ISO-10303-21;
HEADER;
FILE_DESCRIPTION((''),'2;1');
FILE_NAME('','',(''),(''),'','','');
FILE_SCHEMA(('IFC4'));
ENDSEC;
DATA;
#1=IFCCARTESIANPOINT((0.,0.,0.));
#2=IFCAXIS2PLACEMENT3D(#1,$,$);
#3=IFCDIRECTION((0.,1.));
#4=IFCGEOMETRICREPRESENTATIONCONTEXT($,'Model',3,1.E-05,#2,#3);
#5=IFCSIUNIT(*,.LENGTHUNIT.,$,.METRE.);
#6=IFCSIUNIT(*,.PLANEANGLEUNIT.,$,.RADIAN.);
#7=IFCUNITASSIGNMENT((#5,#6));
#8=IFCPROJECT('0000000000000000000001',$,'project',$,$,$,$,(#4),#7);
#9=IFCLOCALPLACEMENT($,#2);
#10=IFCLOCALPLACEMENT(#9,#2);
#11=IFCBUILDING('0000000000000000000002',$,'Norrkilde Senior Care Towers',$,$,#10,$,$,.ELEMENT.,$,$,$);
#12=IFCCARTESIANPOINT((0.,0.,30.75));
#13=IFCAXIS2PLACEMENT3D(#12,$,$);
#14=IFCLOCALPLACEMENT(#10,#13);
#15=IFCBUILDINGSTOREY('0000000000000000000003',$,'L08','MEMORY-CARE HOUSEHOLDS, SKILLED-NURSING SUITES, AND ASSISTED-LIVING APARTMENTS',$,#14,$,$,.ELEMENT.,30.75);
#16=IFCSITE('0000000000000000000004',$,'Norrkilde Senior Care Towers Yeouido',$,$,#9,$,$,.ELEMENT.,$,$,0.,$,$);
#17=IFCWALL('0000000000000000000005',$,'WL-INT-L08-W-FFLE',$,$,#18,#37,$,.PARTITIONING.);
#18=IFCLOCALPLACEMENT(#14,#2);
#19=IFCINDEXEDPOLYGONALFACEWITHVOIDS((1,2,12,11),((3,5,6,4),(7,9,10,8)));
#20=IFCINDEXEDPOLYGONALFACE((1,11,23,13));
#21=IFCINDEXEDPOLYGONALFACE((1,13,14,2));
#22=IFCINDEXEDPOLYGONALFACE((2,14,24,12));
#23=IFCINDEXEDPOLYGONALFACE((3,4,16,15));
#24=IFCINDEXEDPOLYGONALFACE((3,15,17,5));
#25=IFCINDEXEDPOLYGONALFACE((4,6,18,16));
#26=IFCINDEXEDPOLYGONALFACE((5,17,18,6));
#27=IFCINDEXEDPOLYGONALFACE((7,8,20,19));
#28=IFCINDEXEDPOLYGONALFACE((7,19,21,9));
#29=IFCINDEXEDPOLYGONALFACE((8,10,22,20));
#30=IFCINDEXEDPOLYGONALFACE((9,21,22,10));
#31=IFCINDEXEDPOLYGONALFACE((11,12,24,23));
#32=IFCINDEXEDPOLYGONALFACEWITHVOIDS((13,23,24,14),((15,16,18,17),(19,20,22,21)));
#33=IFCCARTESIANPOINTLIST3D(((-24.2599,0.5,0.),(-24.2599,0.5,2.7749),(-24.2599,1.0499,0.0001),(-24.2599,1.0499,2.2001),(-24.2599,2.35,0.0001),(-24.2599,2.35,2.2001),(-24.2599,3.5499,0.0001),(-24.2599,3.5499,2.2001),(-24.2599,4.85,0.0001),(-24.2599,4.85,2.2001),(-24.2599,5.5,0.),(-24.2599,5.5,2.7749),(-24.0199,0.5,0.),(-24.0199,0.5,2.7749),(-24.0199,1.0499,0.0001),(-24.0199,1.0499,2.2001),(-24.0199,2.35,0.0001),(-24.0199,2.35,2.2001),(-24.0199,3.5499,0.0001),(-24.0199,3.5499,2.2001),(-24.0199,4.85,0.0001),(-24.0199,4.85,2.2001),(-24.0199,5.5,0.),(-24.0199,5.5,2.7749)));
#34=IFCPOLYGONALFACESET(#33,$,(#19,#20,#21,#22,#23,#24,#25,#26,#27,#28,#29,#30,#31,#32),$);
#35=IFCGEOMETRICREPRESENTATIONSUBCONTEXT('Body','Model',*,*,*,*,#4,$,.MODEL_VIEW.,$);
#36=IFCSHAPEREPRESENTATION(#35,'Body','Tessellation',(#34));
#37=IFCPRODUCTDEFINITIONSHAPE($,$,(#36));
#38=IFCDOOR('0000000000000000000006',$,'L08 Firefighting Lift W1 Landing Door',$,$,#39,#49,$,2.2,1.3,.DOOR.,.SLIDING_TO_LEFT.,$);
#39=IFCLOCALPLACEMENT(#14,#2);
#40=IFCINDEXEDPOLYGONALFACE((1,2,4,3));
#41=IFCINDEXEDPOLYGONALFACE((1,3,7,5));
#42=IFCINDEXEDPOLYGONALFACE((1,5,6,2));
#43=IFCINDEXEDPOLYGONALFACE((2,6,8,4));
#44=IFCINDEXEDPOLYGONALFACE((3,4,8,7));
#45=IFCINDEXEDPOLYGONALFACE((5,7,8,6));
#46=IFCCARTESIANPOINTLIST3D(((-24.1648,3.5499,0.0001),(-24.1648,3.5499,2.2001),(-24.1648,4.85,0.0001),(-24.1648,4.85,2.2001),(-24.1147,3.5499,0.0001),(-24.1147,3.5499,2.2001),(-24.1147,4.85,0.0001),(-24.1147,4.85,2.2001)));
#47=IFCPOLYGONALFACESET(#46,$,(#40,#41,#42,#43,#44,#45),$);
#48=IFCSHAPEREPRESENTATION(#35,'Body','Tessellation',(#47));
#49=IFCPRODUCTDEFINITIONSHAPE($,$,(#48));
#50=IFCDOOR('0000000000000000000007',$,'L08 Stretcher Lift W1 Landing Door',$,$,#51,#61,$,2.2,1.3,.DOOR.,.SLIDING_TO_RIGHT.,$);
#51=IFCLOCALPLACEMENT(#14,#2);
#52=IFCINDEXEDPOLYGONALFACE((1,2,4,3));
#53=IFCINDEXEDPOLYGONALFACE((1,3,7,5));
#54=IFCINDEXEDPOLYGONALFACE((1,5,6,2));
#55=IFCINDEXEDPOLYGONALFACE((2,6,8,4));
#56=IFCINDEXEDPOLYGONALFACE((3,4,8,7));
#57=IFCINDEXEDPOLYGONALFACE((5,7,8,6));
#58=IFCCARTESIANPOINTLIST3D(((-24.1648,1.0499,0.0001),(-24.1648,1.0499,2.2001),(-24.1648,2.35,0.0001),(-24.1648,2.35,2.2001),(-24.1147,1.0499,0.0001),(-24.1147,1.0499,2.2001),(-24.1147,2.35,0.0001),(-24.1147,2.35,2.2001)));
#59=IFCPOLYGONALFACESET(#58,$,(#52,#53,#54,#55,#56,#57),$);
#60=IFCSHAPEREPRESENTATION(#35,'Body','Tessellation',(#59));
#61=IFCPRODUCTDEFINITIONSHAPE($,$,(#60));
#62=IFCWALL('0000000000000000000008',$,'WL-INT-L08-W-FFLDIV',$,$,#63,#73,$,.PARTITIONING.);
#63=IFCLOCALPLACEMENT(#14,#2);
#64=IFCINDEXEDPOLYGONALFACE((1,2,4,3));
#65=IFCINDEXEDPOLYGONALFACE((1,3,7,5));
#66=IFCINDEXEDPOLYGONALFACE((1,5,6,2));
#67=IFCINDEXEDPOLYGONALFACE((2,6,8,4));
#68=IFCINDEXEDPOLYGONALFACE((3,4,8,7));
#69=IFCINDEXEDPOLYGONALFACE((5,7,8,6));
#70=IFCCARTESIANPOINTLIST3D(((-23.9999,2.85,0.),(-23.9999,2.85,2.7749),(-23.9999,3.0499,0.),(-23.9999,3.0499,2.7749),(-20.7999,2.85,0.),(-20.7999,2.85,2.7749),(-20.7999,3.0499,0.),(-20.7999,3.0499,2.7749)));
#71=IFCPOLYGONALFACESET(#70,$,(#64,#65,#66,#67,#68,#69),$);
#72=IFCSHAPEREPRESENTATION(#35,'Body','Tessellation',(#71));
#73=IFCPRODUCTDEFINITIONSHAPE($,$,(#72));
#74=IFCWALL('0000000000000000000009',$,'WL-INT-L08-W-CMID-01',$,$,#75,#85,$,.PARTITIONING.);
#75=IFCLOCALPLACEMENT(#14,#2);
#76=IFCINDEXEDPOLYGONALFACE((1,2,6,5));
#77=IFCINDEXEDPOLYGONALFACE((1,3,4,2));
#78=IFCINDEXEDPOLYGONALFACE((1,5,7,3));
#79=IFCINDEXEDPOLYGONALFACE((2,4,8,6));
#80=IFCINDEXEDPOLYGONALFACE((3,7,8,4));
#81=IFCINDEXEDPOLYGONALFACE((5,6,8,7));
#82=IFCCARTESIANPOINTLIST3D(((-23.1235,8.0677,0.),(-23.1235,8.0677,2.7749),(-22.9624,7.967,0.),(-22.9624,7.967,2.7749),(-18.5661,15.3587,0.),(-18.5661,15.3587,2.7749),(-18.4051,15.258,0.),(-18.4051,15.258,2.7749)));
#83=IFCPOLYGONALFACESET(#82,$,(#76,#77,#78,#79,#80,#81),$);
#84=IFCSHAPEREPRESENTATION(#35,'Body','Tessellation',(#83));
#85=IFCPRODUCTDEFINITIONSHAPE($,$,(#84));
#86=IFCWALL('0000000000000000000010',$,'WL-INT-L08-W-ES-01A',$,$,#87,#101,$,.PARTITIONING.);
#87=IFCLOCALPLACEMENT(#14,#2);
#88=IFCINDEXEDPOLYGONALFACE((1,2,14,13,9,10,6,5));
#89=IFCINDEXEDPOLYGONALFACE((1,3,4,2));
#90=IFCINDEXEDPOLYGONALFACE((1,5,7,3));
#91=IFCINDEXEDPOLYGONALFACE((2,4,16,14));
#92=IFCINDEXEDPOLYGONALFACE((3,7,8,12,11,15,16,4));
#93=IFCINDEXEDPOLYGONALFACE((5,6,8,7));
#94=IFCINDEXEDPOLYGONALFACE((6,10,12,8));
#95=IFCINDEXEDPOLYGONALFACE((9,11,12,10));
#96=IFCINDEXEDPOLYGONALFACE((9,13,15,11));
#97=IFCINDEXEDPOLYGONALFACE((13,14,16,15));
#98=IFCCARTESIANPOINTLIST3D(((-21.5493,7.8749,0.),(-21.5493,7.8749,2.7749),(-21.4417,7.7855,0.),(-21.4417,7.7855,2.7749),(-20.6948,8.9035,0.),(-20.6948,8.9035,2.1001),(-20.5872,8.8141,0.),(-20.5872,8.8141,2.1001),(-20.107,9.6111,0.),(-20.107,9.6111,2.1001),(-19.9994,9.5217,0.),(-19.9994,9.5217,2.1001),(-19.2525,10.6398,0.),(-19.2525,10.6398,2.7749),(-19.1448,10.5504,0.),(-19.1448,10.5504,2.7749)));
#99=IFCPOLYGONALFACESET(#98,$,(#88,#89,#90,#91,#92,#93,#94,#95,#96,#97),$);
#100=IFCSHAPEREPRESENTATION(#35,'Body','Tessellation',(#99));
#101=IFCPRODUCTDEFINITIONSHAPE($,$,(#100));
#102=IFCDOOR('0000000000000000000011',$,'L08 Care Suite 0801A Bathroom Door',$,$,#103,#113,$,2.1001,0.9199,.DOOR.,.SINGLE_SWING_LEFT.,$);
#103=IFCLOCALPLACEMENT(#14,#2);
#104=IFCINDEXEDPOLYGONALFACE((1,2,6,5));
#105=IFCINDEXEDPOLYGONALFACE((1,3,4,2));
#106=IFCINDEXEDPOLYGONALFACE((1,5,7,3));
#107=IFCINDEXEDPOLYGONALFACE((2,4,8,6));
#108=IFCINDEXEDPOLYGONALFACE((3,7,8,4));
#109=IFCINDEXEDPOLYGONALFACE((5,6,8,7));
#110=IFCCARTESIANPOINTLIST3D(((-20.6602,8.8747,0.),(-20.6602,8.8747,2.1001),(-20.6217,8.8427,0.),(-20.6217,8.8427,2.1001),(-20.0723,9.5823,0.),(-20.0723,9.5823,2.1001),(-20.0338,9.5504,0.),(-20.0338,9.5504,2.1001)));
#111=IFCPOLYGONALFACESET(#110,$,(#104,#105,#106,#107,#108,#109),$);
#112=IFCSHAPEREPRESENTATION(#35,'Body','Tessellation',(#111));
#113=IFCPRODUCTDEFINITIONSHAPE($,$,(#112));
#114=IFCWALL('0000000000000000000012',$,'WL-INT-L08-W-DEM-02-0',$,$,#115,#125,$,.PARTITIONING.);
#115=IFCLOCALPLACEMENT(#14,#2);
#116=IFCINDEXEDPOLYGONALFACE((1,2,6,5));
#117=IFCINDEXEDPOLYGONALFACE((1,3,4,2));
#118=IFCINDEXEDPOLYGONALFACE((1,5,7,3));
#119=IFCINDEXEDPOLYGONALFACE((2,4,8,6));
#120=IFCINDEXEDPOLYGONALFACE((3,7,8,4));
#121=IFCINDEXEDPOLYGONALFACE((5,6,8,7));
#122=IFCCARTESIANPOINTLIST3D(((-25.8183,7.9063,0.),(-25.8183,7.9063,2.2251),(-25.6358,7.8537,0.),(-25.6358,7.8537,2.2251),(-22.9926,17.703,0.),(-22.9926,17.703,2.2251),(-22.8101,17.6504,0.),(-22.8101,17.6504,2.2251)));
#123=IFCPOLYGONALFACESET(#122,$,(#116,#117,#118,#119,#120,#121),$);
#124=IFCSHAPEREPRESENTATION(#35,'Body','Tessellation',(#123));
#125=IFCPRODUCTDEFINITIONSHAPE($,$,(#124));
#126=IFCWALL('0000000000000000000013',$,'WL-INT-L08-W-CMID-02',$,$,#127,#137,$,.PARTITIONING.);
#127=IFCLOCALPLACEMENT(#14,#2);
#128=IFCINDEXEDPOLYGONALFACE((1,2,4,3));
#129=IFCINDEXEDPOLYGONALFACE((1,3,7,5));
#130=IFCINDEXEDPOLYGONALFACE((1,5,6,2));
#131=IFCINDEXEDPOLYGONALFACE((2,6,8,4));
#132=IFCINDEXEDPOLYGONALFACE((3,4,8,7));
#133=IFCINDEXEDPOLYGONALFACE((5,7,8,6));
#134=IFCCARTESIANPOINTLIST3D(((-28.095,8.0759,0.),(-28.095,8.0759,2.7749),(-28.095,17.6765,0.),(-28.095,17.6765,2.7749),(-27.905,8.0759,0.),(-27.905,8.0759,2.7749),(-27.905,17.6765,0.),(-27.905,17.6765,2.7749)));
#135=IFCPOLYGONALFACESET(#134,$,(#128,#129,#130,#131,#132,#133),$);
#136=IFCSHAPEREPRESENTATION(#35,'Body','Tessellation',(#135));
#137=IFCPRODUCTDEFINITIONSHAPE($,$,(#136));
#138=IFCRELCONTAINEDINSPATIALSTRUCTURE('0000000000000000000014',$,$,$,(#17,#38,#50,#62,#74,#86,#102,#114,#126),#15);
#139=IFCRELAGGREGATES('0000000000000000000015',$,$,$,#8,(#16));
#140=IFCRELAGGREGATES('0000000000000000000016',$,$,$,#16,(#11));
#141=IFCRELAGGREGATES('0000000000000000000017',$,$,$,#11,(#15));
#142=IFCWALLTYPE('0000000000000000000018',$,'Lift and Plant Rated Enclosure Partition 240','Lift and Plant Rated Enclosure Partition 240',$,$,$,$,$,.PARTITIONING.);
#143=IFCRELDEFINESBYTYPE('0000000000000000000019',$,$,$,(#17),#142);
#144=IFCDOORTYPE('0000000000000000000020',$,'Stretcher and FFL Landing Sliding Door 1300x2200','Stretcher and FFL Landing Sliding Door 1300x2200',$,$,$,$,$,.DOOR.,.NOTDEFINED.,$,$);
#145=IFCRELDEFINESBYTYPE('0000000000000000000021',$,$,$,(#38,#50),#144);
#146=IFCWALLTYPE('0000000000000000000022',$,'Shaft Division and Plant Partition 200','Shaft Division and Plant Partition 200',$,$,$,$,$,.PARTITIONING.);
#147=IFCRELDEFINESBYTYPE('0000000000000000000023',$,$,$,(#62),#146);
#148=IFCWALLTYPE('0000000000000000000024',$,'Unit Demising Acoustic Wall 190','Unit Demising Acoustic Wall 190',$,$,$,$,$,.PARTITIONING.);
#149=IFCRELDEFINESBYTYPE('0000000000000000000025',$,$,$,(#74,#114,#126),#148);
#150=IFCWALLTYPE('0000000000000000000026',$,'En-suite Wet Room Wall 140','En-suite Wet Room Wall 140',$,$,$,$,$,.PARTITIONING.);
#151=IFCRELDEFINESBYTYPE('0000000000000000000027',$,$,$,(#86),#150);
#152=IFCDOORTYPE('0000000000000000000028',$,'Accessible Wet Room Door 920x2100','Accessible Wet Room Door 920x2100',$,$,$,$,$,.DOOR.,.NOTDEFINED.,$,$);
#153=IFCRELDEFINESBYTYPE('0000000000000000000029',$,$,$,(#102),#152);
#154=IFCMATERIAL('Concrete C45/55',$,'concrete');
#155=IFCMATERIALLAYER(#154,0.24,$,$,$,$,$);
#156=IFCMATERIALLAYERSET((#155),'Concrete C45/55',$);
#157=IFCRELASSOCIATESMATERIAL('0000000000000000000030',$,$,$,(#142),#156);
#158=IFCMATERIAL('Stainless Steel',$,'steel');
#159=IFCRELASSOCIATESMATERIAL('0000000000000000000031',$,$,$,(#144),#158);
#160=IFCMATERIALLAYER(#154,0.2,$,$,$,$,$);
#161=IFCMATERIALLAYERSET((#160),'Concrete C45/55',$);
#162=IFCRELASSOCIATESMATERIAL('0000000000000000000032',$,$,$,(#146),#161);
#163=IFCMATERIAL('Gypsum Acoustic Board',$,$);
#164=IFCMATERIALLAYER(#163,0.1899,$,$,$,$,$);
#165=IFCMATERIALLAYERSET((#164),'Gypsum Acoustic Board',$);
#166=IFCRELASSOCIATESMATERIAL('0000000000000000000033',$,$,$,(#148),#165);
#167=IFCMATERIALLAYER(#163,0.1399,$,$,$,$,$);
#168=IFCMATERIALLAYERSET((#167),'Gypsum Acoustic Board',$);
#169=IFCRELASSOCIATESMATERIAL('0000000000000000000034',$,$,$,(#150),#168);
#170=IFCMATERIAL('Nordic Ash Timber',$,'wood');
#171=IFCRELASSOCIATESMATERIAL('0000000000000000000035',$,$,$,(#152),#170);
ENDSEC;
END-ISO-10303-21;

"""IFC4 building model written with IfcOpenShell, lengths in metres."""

from ifc_helpers import new_model, si_unit, direction, frame, frame_2d, origin, place, context, subcontext, project, spatial, rectangle, extrude, source, transform, mapped, material, layer, layer_set, type_object, type_shapes, element, fill, save


model = new_model("IFC4")

# Units and contexts
model_context = context("Model", 3, precision=1e-05, world=origin(), true_north=direction((0.0, 1.0)))
body_context = subcontext(model_context, "Body", "Model", "MODEL_VIEW")
ifc_project = project(units=[si_unit("LENGTHUNIT", "METRE"), si_unit("PLANEANGLEUNIT", "RADIAN")], contexts=[model_context])

# Site, building, storey
site_placement = place(None, origin())
site = spatial("IfcSite", under=ifc_project, at=site_placement, Name="Norrkilde Senior Care Towers Yeouido", CompositionType="ELEMENT", RefElevation=0.0)
building_placement = place(site_placement, origin())
building = spatial("IfcBuilding", under=site, at=building_placement, Name="Norrkilde Senior Care Towers", CompositionType="ELEMENT")
storey_placement = place(building_placement, frame((0.0, 0.0, 30.75)))
storey = spatial("IfcBuildingStorey", under=building, at=storey_placement, Name="L08", Description="MEMORY-CARE HOUSEHOLDS, SKILLED-NURSING SUITES, AND ASSISTED-LIVING APARTMENTS", CompositionType="ELEMENT", Elevation=30.75)

# Wall, openings, doors
ifc_material_1 = material(Name="Concrete C45/55", Category="concrete")
ifc_layer_1 = layer(ifc_material_1, 0.24)
ifc_layer_set_1 = layer_set([ifc_layer_1], Name="Concrete C45/55")
wall_type_1 = type_object("IfcWallType", Name="Lift and Plant Rated Enclosure Partition 240", Description="Lift and Plant Rated Enclosure Partition 240", PredefinedType="PARTITIONING", material=ifc_layer_set_1)
shared_shape_1 = source(origin(), body_context, "Body", "SweptSolid", [
    extrude(rectangle(XDim=5.0, YDim=0.24, at=frame_2d((2.5, 0.0))), origin(), (0.0, 0.0, 1.0), 2.7749),
])
type_shapes(wall_type_1, [shared_shape_1])
wall_1_placement = place(storey_placement, frame((-24.1399, 0.5, 0.0), z_axis=(0.0, 0.0, 1.0), x_axis=(0.0, 1.0, 0.0)))
wall_1 = element("IfcWall", 1, at=wall_1_placement, inside=storey, type_object=wall_type_1, Name="WL-INT-L08-W-FFLE", PredefinedType="PARTITIONING", context=body_context, shape_type="MappedRepresentation", body=[
    mapped(shared_shape_1, transform((0.0, 0.0, 0.0), x_axis=(1.0, 0.0, 0.0), y_axis=(0.0, 1.0, 0.0), z_axis=(0.0, 0.0, 1.0), scale=1.0)),
])
opening_1_placement = place(wall_1_placement, frame((3.05, 0.0, 0.0)))
opening_1 = element("IfcOpeningElement", 2, at=opening_1_placement, cuts=wall_1, PredefinedType="OPENING", context=body_context, shape_type="SweptSolid", body=[
    extrude(rectangle(XDim=1.3, YDim=2.2, at=frame_2d((0.6499, 1.1001))), frame((0.0, 0.1299, 0.0), z_axis=(0.0, -1.0, 0.0), x_axis=(1.0, 0.0, 0.0)), (0.0, 0.0, 1.0), 0.26),
])
opening_2_placement = place(wall_1_placement, frame((0.55, 0.0, 0.0)))
opening_2 = element("IfcOpeningElement", 3, at=opening_2_placement, cuts=wall_1, PredefinedType="OPENING", context=body_context, shape_type="SweptSolid", body=[
    extrude(rectangle(XDim=1.3, YDim=2.2, at=frame_2d((0.6499, 1.1001))), frame((0.0, 0.1299, 0.0), z_axis=(0.0, -1.0, 0.0), x_axis=(1.0, 0.0, 0.0)), (0.0, 0.0, 1.0), 0.26),
])
ifc_material_2 = material(Name="Stainless Steel", Category="steel")
door_type_1 = type_object("IfcDoorType", Name="Stretcher and FFL Landing Sliding Door 1300x2200", Description="Stretcher and FFL Landing Sliding Door 1300x2200", OperationType="NOTDEFINED", PredefinedType="DOOR", material=ifc_material_2)
shared_shape_2 = source(origin(), body_context, "Body", "SweptSolid", [
    extrude(rectangle(XDim=1.3, YDim=2.2, at=frame_2d((0.6499, 1.1001))), frame((0.0, 0.0249, 0.0), z_axis=(0.0, -1.0, 0.0), x_axis=(1.0, 0.0, 0.0)), (0.0, 0.0, 1.0), 0.05),
])
type_shapes(door_type_1, [shared_shape_2])
door_1_placement = place(opening_1_placement, origin())
door_1 = element("IfcDoor", 4, at=door_1_placement, inside=storey, type_object=door_type_1, Name="L08 Firefighting Lift W1 Landing Door", OperationType="SLIDING_TO_LEFT", OverallHeight=2.2, OverallWidth=1.3, PredefinedType="DOOR", context=body_context, shape_type="MappedRepresentation", body=[
    mapped(shared_shape_2, transform((0.0, 0.0, 0.0), x_axis=(1.0, 0.0, 0.0), y_axis=(0.0, 1.0, 0.0), z_axis=(0.0, 0.0, 1.0), scale=1.0)),
])
fill(opening_1, door_1)
door_2_placement = place(opening_2_placement, origin())
door_2 = element("IfcDoor", 5, at=door_2_placement, inside=storey, type_object=door_type_1, Name="L08 Stretcher Lift W1 Landing Door", OperationType="SLIDING_TO_RIGHT", OverallHeight=2.2, OverallWidth=1.3, PredefinedType="DOOR", context=body_context, shape_type="MappedRepresentation", body=[
    mapped(shared_shape_2, transform((0.0, 0.0, 0.0), x_axis=(1.0, 0.0, 0.0), y_axis=(0.0, 1.0, 0.0), z_axis=(0.0, 0.0, 1.0), scale=1.0)),
])
fill(opening_2, door_2)

# Wall
ifc_layer_2 = layer(ifc_material_1, 0.2)
ifc_layer_set_2 = layer_set([ifc_layer_2], Name="Concrete C45/55")
wall_type_2 = type_object("IfcWallType", Name="Shaft Division and Plant Partition 200", Description="Shaft Division and Plant Partition 200", PredefinedType="PARTITIONING", material=ifc_layer_set_2)
shared_shape_3 = source(origin(), body_context, "Body", "SweptSolid", [
    extrude(rectangle(XDim=3.2, YDim=0.2, at=frame_2d((1.6001, 0.0))), origin(), (0.0, 0.0, 1.0), 2.7749),
])
type_shapes(wall_type_2, [shared_shape_3])
wall_2_placement = place(storey_placement, frame((-24.0, 2.95, 0.0), z_axis=(0.0, 0.0, 1.0), x_axis=(1.0, 0.0, 0.0)))
element("IfcWall", 6, at=wall_2_placement, inside=storey, type_object=wall_type_2, Name="WL-INT-L08-W-FFLDIV", PredefinedType="PARTITIONING", context=body_context, shape_type="MappedRepresentation", body=[
    mapped(shared_shape_3, transform((0.0, 0.0, 0.0), x_axis=(1.0, 0.0, 0.0), y_axis=(0.0, 1.0, 0.0), z_axis=(0.0, 0.0, 1.0), scale=1.0)),
])

# Wall
ifc_material_3 = material(Name="Gypsum Acoustic Board")
ifc_layer_3 = layer(ifc_material_3, 0.1899)
ifc_layer_set_3 = layer_set([ifc_layer_3], Name="Gypsum Acoustic Board")
wall_type_3 = type_object("IfcWallType", Name="Unit Demising Acoustic Wall 190", Description="Unit Demising Acoustic Wall 190", PredefinedType="PARTITIONING", material=ifc_layer_set_3)
shared_shape_4 = source(origin(), body_context, "Body", "SweptSolid", [
    extrude(rectangle(XDim=8.5981, YDim=0.1899, at=frame_2d((4.2991, 0.0))), origin(), (0.0, 0.0, 1.0), 2.7749),
])
wall_3_placement = place(storey_placement, frame((-23.043, 8.0173, 0.0), z_axis=(0.0, 0.0, 1.0), x_axis=(0.53004, 0.847973, 0.0)))
element("IfcWall", 7, at=wall_3_placement, inside=storey, type_object=wall_type_3, Name="WL-INT-L08-W-CMID-01", PredefinedType="PARTITIONING", context=body_context, shape_type="MappedRepresentation", body=[
    mapped(shared_shape_4, transform((0.0, 0.0, 0.0), x_axis=(1.0, 0.0, 0.0), y_axis=(0.0, 1.0, 0.0), z_axis=(0.0, 0.0, 1.0), scale=1.0)),
])

# Wall, opening, door
ifc_layer_4 = layer(ifc_material_3, 0.1399)
ifc_layer_set_4 = layer_set([ifc_layer_4], Name="Gypsum Acoustic Board")
wall_type_4 = type_object("IfcWallType", Name="En-suite Wet Room Wall 140", Description="En-suite Wet Room Wall 140", PredefinedType="PARTITIONING", material=ifc_layer_set_4)
shared_shape_5 = source(origin(), body_context, "Body", "SweptSolid", [
    extrude(rectangle(XDim=3.5945, YDim=0.1399, at=frame_2d((1.7974, 0.0))), origin(), (0.0, 0.0, 1.0), 2.7749),
])
wall_4_placement = place(storey_placement, frame((-21.4956, 7.8301, 0.0), z_axis=(0.0, 0.0, 1.0), x_axis=(0.639001, 0.769206, 0.0)))
wall_4 = element("IfcWall", 8, at=wall_4_placement, inside=storey, type_object=wall_type_4, Name="WL-INT-L08-W-ES-01A", PredefinedType="PARTITIONING", context=body_context, shape_type="MappedRepresentation", body=[
    mapped(shared_shape_5, transform((0.0, 0.0, 0.0), x_axis=(1.0, 0.0, 0.0), y_axis=(0.0, 1.0, 0.0), z_axis=(0.0, 0.0, 1.0), scale=1.0)),
])
opening_3_placement = place(wall_4_placement, frame((1.3374, 0.0, 0.0)))
opening_3 = element("IfcOpeningElement", 9, at=opening_3_placement, cuts=wall_4, PredefinedType="OPENING", context=body_context, shape_type="SweptSolid", body=[
    extrude(rectangle(XDim=0.9199, YDim=2.1001, at=frame_2d((0.46, 1.05))), frame((0.0, 0.0798, 0.0), z_axis=(0.0, -1.0, 0.0), x_axis=(1.0, 0.0, 0.0)), (0.0, 0.0, 1.0), 0.1599),
])
ifc_material_4 = material(Name="Nordic Ash Timber", Category="wood")
door_type_2 = type_object("IfcDoorType", Name="Accessible Wet Room Door 920x2100", Description="Accessible Wet Room Door 920x2100", OperationType="NOTDEFINED", PredefinedType="DOOR", material=ifc_material_4)
shared_shape_6 = source(origin(), body_context, "Body", "SweptSolid", [
    extrude(rectangle(XDim=0.9199, YDim=2.1001, at=frame_2d((0.46, 1.05))), frame((0.0, 0.0249, 0.0), z_axis=(0.0, -1.0, 0.0), x_axis=(1.0, 0.0, 0.0)), (0.0, 0.0, 1.0), 0.05),
])
type_shapes(door_type_2, [shared_shape_6])
door_3_placement = place(opening_3_placement, origin())
door_3 = element("IfcDoor", 10, at=door_3_placement, inside=storey, type_object=door_type_2, Name="L08 Care Suite 0801A Bathroom Door", OperationType="SINGLE_SWING_LEFT", OverallHeight=2.1001, OverallWidth=0.9199, PredefinedType="DOOR", context=body_context, shape_type="MappedRepresentation", body=[
    mapped(shared_shape_6, transform((0.0, 0.0, 0.0), x_axis=(1.0, 0.0, 0.0), y_axis=(0.0, 1.0, 0.0), z_axis=(0.0, 0.0, 1.0), scale=1.0)),
])
fill(opening_3, door_3)

# Walls
shared_shape_7 = source(origin(), body_context, "Body", "SweptSolid", [
    extrude(rectangle(XDim=10.196, YDim=0.1899, at=frame_2d((5.0981, 0.0))), origin(), (0.0, 0.0, 1.0), 2.2251),
])
wall_5_placement = place(storey_placement, frame((-25.7271, 7.8799, 0.0), z_axis=(0.0, 0.0, 1.0), x_axis=(0.277136, 0.960831, 0.0)))
element("IfcWall", 11, at=wall_5_placement, inside=storey, type_object=wall_type_3, Name="WL-INT-L08-W-DEM-02-0", PredefinedType="PARTITIONING", context=body_context, shape_type="MappedRepresentation", body=[
    mapped(shared_shape_7, transform((0.0, 0.0, 0.0), x_axis=(1.0, 0.0, 0.0), y_axis=(0.0, 1.0, 0.0), z_axis=(0.0, 0.0, 1.0), scale=1.0)),
])
shared_shape_8 = source(origin(), body_context, "Body", "SweptSolid", [
    extrude(rectangle(XDim=9.6006, YDim=0.1899, at=frame_2d((4.8003, 0.0))), origin(), (0.0, 0.0, 1.0), 2.7749),
])
type_shapes(wall_type_3, [shared_shape_4, shared_shape_7, shared_shape_8])
wall_6_placement = place(storey_placement, frame((-28.0, 8.0759, 0.0), z_axis=(0.0, 0.0, 1.0), x_axis=(0.0, 1.0, 0.0)))
element("IfcWall", 12, at=wall_6_placement, inside=storey, type_object=wall_type_3, Name="WL-INT-L08-W-CMID-02", PredefinedType="PARTITIONING", context=body_context, shape_type="MappedRepresentation", body=[
    mapped(shared_shape_8, transform((0.0, 0.0, 0.0), x_axis=(1.0, 0.0, 0.0), y_axis=(0.0, 1.0, 0.0), z_axis=(0.0, 0.0, 1.0), scale=1.0)),
])

save(model, "model.ifc")
